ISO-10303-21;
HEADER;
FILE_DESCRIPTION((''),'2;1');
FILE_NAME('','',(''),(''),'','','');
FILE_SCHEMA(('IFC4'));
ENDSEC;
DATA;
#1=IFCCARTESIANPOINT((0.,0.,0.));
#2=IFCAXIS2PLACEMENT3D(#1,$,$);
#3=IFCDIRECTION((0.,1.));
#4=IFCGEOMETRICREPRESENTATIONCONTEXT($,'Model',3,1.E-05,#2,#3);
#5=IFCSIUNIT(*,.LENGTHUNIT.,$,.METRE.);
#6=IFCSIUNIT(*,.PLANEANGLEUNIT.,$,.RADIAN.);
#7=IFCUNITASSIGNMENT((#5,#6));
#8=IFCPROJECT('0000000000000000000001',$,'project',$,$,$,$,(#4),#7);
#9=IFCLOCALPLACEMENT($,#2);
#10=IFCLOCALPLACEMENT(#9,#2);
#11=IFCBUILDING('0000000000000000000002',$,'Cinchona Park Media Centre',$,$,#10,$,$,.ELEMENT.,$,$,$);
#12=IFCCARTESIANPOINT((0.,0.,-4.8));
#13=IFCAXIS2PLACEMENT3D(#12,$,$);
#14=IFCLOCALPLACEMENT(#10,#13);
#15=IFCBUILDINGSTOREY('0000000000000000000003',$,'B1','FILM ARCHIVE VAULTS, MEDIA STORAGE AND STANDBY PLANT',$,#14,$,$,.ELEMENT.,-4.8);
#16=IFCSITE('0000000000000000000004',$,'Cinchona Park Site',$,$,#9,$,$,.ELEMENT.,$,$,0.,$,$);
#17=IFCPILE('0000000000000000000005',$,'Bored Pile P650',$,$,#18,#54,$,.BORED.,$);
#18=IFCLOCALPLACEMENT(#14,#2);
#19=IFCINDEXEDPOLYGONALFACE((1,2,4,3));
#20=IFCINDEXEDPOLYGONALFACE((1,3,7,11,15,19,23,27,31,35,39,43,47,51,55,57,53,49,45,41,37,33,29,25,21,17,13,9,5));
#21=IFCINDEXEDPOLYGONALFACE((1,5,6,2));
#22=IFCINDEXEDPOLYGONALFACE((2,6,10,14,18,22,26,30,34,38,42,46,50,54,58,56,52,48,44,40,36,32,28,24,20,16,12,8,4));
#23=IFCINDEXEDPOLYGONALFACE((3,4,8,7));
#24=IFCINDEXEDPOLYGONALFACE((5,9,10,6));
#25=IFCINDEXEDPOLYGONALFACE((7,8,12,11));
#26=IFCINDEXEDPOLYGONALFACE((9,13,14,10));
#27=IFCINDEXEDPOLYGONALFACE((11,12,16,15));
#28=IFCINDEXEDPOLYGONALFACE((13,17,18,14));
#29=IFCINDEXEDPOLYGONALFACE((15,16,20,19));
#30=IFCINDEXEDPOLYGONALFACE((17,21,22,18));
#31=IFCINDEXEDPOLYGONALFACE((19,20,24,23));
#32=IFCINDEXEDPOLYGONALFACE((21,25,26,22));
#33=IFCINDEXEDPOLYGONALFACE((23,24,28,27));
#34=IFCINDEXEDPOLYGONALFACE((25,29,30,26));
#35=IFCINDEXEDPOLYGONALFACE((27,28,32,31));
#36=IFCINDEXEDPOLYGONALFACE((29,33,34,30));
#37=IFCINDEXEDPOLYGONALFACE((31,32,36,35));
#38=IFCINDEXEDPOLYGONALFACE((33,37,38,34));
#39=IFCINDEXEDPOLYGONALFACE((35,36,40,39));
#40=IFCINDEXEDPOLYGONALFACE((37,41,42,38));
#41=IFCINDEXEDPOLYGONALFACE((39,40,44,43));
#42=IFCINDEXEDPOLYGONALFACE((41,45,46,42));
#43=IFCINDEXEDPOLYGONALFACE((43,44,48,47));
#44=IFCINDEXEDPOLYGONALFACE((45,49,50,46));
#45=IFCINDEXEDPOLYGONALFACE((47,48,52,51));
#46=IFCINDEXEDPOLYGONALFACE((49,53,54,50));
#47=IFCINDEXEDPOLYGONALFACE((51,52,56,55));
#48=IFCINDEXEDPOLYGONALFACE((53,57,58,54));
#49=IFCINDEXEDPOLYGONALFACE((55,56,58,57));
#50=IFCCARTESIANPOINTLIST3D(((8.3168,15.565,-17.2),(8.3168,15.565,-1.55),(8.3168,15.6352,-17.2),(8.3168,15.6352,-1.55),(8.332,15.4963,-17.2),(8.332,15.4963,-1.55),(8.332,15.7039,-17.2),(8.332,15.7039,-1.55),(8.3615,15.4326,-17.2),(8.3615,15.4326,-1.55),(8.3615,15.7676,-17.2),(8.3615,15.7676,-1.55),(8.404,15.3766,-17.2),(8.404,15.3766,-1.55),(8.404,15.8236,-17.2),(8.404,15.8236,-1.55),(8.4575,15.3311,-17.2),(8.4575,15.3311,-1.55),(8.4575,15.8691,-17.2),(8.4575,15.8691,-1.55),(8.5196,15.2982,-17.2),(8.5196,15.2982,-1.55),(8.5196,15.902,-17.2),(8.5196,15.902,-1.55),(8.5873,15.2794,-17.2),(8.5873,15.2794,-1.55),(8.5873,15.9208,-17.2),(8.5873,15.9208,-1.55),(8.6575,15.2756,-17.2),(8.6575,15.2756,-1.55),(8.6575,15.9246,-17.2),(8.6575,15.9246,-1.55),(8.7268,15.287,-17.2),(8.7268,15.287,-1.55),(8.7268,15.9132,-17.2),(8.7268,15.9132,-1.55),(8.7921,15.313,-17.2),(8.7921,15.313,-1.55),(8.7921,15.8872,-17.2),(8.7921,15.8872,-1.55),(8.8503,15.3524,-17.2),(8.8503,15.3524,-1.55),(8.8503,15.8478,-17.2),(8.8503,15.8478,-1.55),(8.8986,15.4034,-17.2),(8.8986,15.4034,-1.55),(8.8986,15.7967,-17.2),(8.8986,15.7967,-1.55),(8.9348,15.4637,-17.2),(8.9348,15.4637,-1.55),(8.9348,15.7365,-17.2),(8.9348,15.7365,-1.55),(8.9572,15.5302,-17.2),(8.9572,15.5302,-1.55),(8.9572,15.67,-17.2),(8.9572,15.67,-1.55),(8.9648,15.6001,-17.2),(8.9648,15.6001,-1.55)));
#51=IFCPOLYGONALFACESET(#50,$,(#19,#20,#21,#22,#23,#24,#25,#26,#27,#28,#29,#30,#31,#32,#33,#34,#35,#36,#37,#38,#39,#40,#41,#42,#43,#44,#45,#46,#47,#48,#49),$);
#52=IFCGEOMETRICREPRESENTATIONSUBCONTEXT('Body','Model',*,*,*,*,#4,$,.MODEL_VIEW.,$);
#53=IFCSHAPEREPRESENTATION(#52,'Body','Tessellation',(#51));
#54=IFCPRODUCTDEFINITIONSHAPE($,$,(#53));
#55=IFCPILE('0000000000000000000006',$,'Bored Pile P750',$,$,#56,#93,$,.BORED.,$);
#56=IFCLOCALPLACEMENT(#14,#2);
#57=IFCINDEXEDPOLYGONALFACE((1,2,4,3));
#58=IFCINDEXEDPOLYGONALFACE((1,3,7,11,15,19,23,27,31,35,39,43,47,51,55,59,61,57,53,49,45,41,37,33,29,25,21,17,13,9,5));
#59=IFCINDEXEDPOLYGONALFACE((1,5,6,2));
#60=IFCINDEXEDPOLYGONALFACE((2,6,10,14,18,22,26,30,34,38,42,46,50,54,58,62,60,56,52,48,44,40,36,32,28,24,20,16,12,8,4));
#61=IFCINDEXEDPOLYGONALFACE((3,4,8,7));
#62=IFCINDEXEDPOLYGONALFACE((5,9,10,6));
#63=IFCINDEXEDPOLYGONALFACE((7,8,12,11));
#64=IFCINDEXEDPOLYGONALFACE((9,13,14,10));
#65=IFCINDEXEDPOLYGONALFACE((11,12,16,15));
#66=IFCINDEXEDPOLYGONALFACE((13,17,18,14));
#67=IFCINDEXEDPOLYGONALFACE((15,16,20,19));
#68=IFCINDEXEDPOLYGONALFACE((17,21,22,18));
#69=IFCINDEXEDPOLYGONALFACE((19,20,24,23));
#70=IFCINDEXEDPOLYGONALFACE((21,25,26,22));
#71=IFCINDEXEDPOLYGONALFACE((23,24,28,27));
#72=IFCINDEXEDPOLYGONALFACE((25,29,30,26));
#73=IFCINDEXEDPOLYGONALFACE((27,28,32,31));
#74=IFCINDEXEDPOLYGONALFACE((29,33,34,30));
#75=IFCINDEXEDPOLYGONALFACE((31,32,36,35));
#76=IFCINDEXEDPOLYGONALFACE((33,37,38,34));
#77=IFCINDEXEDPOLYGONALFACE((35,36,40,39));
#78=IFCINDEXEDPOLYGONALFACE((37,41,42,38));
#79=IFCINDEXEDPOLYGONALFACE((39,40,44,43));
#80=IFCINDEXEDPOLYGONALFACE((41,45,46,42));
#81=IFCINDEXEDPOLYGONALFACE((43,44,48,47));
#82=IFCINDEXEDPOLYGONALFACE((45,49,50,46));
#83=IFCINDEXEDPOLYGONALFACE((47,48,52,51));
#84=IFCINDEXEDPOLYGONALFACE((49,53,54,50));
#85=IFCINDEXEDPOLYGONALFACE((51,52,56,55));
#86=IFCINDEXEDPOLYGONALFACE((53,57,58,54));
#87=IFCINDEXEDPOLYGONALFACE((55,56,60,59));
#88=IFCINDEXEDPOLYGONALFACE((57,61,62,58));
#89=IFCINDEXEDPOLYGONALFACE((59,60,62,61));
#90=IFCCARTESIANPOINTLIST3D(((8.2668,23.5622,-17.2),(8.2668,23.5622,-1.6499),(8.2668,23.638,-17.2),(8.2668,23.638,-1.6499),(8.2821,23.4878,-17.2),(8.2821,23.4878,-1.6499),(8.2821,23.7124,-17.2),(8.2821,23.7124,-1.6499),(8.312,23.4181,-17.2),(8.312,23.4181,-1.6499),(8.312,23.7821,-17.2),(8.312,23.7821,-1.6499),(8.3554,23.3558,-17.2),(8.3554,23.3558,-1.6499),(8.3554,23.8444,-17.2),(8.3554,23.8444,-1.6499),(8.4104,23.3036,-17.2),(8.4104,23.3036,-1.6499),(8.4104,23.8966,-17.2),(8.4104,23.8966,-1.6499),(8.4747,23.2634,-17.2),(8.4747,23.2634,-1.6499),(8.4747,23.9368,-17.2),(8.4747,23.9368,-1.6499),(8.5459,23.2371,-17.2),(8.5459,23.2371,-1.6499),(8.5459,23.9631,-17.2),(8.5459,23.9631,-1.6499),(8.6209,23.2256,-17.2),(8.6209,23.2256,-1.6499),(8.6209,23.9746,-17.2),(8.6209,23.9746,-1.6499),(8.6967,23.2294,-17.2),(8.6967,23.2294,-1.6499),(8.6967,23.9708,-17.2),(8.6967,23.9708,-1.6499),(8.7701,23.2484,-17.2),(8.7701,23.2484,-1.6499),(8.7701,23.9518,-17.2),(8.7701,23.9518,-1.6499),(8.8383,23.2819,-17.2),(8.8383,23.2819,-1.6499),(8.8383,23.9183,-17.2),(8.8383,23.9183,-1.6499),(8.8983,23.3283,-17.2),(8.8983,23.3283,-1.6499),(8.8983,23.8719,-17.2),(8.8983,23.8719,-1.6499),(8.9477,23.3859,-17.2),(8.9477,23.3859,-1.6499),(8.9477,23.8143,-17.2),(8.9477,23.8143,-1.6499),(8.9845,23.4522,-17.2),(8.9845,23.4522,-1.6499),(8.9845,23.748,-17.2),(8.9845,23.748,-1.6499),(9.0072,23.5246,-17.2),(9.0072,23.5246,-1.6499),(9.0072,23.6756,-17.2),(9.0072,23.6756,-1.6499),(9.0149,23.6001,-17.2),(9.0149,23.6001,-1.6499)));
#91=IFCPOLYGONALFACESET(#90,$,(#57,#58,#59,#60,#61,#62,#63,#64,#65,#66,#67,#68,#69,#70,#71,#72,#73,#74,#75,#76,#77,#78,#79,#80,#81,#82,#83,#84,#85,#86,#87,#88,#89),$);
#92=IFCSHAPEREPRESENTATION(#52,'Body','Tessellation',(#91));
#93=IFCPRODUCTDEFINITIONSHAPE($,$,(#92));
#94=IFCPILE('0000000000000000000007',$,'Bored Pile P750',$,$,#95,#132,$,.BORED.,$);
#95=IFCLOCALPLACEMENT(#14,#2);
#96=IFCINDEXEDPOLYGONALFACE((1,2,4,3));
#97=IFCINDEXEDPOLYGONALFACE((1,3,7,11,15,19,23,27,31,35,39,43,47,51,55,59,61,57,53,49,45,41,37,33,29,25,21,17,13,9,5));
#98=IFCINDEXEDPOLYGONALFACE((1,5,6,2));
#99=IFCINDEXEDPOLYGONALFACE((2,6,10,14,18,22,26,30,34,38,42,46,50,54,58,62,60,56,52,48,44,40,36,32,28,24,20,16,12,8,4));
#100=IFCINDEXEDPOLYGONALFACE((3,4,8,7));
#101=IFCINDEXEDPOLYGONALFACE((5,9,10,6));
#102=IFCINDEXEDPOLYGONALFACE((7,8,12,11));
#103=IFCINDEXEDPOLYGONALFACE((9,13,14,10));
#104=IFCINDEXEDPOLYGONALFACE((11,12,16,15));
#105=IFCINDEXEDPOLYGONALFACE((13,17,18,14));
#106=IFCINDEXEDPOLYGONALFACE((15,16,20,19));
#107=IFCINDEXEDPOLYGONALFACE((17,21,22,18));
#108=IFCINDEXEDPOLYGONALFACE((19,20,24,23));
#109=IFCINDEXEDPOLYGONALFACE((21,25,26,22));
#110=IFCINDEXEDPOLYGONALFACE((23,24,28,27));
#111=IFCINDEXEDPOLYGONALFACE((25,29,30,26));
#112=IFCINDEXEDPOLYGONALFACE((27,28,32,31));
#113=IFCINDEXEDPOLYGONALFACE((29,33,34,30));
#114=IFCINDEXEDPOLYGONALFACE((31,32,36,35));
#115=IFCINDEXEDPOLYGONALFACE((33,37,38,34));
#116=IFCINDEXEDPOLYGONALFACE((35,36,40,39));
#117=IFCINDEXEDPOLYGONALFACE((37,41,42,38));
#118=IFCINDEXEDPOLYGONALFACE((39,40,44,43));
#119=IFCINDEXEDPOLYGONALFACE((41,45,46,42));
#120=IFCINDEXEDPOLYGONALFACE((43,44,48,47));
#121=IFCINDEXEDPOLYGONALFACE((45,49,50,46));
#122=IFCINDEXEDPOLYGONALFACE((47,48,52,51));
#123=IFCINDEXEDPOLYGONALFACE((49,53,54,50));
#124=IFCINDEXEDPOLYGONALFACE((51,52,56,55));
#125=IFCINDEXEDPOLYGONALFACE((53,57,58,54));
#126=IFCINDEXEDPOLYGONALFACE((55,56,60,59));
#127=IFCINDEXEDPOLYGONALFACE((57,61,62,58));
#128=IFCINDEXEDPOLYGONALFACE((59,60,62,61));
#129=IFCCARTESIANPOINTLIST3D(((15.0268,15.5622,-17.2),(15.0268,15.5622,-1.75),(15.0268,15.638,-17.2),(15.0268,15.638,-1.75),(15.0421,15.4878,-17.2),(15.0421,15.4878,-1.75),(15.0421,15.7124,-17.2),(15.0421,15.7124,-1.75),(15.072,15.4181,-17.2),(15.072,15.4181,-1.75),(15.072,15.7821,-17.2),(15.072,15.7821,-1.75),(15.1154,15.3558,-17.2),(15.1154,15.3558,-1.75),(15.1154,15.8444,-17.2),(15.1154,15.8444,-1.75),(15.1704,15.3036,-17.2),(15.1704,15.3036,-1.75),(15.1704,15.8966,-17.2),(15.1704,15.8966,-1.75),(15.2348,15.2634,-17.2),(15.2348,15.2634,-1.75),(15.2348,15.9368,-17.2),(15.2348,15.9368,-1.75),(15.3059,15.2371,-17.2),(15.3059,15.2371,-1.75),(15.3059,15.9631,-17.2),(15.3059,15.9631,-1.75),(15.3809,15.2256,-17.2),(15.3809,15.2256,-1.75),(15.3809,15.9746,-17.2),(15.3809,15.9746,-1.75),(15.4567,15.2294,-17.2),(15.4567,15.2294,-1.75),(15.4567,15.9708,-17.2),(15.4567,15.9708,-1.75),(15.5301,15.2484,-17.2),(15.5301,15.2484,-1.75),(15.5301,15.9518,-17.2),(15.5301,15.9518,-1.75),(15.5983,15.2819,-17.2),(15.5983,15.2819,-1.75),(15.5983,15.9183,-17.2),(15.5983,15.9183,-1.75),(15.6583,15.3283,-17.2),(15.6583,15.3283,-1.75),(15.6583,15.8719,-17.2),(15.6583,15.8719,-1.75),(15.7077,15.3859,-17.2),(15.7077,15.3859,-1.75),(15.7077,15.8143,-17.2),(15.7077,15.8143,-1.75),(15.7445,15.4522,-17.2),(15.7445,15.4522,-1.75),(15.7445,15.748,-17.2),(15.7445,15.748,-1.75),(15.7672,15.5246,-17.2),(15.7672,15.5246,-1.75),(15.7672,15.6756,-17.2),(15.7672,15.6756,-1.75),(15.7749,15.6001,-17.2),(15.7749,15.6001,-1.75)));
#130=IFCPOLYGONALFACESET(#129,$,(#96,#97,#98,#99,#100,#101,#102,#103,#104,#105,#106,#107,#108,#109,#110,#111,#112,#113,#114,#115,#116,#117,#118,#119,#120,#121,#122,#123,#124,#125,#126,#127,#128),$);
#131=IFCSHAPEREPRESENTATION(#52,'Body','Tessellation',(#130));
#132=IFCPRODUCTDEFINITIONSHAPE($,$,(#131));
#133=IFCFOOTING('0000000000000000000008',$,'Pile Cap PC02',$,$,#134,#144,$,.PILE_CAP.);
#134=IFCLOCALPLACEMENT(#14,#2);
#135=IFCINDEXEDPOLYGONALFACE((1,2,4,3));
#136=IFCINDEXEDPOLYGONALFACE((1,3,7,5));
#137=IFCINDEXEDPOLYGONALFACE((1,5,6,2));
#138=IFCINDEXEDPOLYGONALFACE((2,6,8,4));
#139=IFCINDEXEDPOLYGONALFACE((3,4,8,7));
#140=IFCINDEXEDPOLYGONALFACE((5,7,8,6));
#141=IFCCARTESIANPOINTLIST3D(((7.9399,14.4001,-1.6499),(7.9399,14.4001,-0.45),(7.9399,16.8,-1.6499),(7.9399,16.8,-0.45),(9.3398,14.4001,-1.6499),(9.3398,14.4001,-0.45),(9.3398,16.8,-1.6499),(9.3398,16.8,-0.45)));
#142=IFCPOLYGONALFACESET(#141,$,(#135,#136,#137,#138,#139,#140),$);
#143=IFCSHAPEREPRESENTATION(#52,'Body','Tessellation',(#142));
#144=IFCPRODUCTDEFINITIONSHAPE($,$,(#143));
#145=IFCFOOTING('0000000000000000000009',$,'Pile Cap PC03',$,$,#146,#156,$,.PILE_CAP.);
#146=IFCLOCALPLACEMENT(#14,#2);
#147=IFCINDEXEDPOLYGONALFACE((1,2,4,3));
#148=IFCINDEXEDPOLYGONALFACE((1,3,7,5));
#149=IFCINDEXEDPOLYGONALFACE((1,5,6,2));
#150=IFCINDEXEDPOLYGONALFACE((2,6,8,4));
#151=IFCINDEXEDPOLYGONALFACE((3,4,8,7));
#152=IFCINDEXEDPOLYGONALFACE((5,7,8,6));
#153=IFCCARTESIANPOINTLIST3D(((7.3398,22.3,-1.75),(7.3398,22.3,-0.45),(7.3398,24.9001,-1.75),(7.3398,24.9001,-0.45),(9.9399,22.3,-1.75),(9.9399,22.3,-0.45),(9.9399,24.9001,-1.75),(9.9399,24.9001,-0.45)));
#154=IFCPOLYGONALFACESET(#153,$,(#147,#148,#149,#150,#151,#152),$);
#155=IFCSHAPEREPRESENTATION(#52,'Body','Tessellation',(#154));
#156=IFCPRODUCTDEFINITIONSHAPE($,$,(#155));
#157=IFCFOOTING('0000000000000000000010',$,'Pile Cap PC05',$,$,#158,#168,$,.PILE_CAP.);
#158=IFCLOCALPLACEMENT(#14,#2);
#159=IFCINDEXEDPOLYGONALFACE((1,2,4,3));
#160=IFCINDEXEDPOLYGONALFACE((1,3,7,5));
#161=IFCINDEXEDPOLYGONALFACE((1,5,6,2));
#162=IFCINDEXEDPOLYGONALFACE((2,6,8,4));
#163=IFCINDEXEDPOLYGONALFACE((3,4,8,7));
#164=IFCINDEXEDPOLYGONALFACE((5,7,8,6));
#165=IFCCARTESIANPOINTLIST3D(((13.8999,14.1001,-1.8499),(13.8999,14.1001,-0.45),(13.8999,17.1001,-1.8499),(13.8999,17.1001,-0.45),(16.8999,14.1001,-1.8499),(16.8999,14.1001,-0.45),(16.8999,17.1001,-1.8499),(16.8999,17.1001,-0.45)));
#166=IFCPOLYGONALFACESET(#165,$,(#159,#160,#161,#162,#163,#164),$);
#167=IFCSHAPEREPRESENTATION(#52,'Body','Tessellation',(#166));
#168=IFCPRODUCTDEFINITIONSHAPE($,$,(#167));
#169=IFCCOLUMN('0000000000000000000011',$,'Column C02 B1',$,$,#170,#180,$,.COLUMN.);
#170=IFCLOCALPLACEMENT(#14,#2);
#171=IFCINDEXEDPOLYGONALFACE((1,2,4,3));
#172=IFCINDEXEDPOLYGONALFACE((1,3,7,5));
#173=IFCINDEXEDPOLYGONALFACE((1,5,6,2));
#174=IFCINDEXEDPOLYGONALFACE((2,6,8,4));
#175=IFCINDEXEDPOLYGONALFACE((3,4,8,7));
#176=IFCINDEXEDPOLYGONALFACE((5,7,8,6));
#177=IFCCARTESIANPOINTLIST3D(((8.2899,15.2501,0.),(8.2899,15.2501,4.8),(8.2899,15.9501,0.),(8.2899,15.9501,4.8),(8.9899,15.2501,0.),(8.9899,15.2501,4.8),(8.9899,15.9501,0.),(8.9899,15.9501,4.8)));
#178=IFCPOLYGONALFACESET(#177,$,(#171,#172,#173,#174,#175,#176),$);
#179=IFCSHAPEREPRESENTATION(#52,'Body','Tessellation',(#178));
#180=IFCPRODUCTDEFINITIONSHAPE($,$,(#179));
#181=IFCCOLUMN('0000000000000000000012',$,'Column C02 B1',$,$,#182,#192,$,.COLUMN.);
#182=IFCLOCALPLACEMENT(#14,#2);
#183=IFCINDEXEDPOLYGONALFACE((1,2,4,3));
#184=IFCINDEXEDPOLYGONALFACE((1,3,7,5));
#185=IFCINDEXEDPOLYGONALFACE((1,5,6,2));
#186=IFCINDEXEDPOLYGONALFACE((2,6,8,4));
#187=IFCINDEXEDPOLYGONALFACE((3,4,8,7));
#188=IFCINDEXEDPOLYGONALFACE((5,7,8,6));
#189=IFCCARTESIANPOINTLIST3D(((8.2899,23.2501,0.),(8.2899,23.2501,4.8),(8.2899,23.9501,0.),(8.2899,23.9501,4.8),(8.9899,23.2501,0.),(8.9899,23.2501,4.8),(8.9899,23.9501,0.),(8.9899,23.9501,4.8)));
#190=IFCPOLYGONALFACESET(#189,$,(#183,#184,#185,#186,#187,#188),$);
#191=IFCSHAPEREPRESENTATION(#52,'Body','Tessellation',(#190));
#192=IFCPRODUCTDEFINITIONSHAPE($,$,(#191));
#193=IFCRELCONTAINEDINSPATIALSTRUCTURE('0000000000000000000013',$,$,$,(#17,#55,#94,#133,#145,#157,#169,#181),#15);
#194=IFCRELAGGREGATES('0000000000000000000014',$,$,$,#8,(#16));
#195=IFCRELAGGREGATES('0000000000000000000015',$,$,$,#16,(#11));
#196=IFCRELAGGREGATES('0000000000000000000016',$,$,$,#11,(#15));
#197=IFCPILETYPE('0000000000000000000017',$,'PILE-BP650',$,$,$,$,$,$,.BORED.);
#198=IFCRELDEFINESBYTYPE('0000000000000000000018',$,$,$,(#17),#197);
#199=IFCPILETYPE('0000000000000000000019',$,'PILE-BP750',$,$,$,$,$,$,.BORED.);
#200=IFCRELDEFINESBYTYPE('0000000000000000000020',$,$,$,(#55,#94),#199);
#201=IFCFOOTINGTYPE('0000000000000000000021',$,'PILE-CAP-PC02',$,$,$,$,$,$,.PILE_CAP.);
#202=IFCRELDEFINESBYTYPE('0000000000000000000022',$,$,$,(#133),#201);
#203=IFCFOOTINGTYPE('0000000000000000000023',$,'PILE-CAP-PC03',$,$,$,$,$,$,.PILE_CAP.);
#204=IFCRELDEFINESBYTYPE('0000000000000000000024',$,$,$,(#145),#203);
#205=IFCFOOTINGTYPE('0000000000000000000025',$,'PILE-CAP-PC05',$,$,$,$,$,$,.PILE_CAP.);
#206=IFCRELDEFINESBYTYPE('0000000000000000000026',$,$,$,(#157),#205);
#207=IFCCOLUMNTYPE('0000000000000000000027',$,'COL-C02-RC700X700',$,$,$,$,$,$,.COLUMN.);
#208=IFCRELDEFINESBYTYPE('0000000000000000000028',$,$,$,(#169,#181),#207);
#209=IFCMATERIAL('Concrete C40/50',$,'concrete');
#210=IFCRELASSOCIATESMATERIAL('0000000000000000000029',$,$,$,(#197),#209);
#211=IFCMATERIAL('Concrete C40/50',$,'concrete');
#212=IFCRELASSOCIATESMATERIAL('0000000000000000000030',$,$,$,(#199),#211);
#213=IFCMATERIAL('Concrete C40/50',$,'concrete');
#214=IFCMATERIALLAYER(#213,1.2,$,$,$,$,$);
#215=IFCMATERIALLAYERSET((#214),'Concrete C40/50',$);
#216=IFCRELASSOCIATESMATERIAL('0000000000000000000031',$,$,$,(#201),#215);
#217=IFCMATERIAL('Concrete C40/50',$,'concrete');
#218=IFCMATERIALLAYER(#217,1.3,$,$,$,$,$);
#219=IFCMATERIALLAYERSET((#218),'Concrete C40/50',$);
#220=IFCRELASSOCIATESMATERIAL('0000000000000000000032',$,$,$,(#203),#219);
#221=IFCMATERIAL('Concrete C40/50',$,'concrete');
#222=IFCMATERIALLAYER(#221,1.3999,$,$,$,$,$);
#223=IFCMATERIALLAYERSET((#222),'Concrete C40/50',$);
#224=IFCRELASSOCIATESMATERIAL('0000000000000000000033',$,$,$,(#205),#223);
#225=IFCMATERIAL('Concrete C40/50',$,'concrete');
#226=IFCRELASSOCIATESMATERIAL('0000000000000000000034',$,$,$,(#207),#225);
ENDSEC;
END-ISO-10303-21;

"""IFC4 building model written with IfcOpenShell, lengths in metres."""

from ifc_helpers import new_model, si_unit, direction, frame, origin, origin_2d, place, context, subcontext, project, spatial, rectangle, circle, extrude, material, layer, layer_set, material_profile, profile_set, type_object, element, save


model = new_model("IFC4")

# Units and contexts
model_context = context("Model", 3, precision=1e-05, world=origin(), true_north=direction((0.0, 1.0)))
body_context = subcontext(model_context, "Body", "Model", "MODEL_VIEW")
ifc_project = project(units=[si_unit("LENGTHUNIT", "METRE"), si_unit("PLANEANGLEUNIT", "RADIAN")], contexts=[model_context])

# Site, building, storey
site_placement = place(None, origin())
site = spatial("IfcSite", under=ifc_project, at=site_placement, Name="Cinchona Park Site", CompositionType="ELEMENT", RefElevation=0.0)
building_placement = place(site_placement, origin())
building = spatial("IfcBuilding", under=site, at=building_placement, Name="Cinchona Park Media Centre", CompositionType="ELEMENT")
storey_placement = place(building_placement, frame((0.0, 0.0, -4.8)))
storey = spatial("IfcBuildingStorey", under=building, at=storey_placement, Name="B1", Description="FILM ARCHIVE VAULTS, MEDIA STORAGE AND STANDBY PLANT", CompositionType="ELEMENT", Elevation=-4.8)

# Piles
ifc_material_1 = material(Name="Concrete C40/50", Category="concrete")
ifc_material_profile_1 = material_profile(ifc_material_1, circle(Radius=0.325, at=origin_2d()), Name="BORED PILE 650")
ifc_profile_set_1 = profile_set([ifc_material_profile_1], Name="Concrete C40/50")
pile_type_1 = type_object("IfcPileType", Name="PILE-BP650", PredefinedType="BORED", material=ifc_profile_set_1)
pile_1_placement = place(storey_placement, frame((8.6399, 15.6001, -1.55), z_axis=(0.0, 0.0, -1.0), x_axis=(1.0, 0.0, 0.0)))
element("IfcPile", 1, at=pile_1_placement, inside=storey, type_object=pile_type_1, Name="Bored Pile P650", PredefinedType="BORED", context=body_context, shape_type="SweptSolid", body=[
    extrude(circle(Radius=0.325, at=origin_2d()), origin(), (0.0, 0.0, 1.0), 15.6499),
])
ifc_material_2 = material(Name="Concrete C40/50", Category="concrete")
ifc_material_profile_2 = material_profile(ifc_material_2, circle(Radius=0.375, at=origin_2d()), Name="BORED PILE 750")
ifc_profile_set_2 = profile_set([ifc_material_profile_2], Name="Concrete C40/50")
pile_type_2 = type_object("IfcPileType", Name="PILE-BP750", PredefinedType="BORED", material=ifc_profile_set_2)
pile_2_placement = place(storey_placement, frame((8.6399, 23.6001, -1.6499), z_axis=(0.0, 0.0, -1.0), x_axis=(1.0, 0.0, 0.0)))
element("IfcPile", 2, at=pile_2_placement, inside=storey, type_object=pile_type_2, Name="Bored Pile P750", PredefinedType="BORED", context=body_context, shape_type="SweptSolid", body=[
    extrude(circle(Radius=0.375, at=origin_2d()), origin(), (0.0, 0.0, 1.0), 15.55),
])
pile_3_placement = place(storey_placement, frame((15.3999, 15.6001, -1.75), z_axis=(0.0, 0.0, -1.0), x_axis=(1.0, 0.0, 0.0)))
element("IfcPile", 3, at=pile_3_placement, inside=storey, type_object=pile_type_2, Name="Bored Pile P750", PredefinedType="BORED", context=body_context, shape_type="SweptSolid", body=[
    extrude(circle(Radius=0.375, at=origin_2d()), origin(), (0.0, 0.0, 1.0), 15.45),
])

# Footings
ifc_material_3 = material(Name="Concrete C40/50", Category="concrete")
ifc_layer_1 = layer(ifc_material_3, 1.2)
ifc_layer_set_1 = layer_set([ifc_layer_1], Name="Concrete C40/50")
footing_type_1 = type_object("IfcFootingType", Name="PILE-CAP-PC02", PredefinedType="PILE_CAP", material=ifc_layer_set_1)
footing_1_placement = place(storey_placement, frame((8.6399, 15.6001, -1.6499), z_axis=(0.0, 0.0, 1.0), x_axis=(1.0, 0.0, 0.0)))
element("IfcFooting", 4, at=footing_1_placement, inside=storey, type_object=footing_type_1, Name="Pile Cap PC02", PredefinedType="PILE_CAP", context=body_context, shape_type="SweptSolid", body=[
    extrude(rectangle(XDim=1.3999, YDim=2.3999, at=origin_2d()), origin(), (0.0, 0.0, 1.0), 1.2),
])
ifc_material_4 = material(Name="Concrete C40/50", Category="concrete")
ifc_layer_2 = layer(ifc_material_4, 1.3)
ifc_layer_set_2 = layer_set([ifc_layer_2], Name="Concrete C40/50")
footing_type_2 = type_object("IfcFootingType", Name="PILE-CAP-PC03", PredefinedType="PILE_CAP", material=ifc_layer_set_2)
footing_2_placement = place(storey_placement, frame((8.6399, 23.6001, -1.75), z_axis=(0.0, 0.0, 1.0), x_axis=(1.0, 0.0, 0.0)))
element("IfcFooting", 5, at=footing_2_placement, inside=storey, type_object=footing_type_2, Name="Pile Cap PC03", PredefinedType="PILE_CAP", context=body_context, shape_type="SweptSolid", body=[
    extrude(rectangle(XDim=2.6001, YDim=2.6001, at=origin_2d()), origin(), (0.0, 0.0, 1.0), 1.3),
])
ifc_material_5 = material(Name="Concrete C40/50", Category="concrete")
ifc_layer_3 = layer(ifc_material_5, 1.3999)
ifc_layer_set_3 = layer_set([ifc_layer_3], Name="Concrete C40/50")
footing_type_3 = type_object("IfcFootingType", Name="PILE-CAP-PC05", PredefinedType="PILE_CAP", material=ifc_layer_set_3)
footing_3_placement = place(storey_placement, frame((15.3999, 15.6001, -1.8499), z_axis=(0.0, 0.0, 1.0), x_axis=(1.0, 0.0, 0.0)))
element("IfcFooting", 6, at=footing_3_placement, inside=storey, type_object=footing_type_3, Name="Pile Cap PC05", PredefinedType="PILE_CAP", context=body_context, shape_type="SweptSolid", body=[
    extrude(rectangle(XDim=3.0, YDim=3.0, at=origin_2d()), origin(), (0.0, 0.0, 1.0), 1.3999),
])

# Columns
ifc_material_6 = material(Name="Concrete C40/50", Category="concrete")
ifc_material_profile_3 = material_profile(ifc_material_6, rectangle(XDim=0.7, YDim=0.7, at=origin_2d()), Name="RC 700X700")
ifc_profile_set_3 = profile_set([ifc_material_profile_3], Name="Concrete C40/50")
column_type_1 = type_object("IfcColumnType", Name="COL-C02-RC700X700", PredefinedType="COLUMN", material=ifc_profile_set_3)
for number, where, z_axis, x_axis, name in (
    (7, (8.6399, 15.6001, 0.0), (0.0, 0.0, 1.0), (1.0, 0.0, 0.0), "Column C02 B1"),
    (8, (8.6399, 23.6001, 0.0), (0.0, 0.0, 1.0), (1.0, 0.0, 0.0), "Column C02 B1"),
):
    element("IfcColumn", number, at=place(storey_placement, frame(where, z_axis=z_axis, x_axis=x_axis)), inside=storey, type_object=column_type_1, Name=name, PredefinedType="COLUMN", context=body_context, shape_type="SweptSolid", body=[
        extrude(rectangle(XDim=0.7, YDim=0.7, at=origin_2d()), origin(), (0.0, 0.0, 1.0), 4.8),
    ])

save(model, "model.ifc")
